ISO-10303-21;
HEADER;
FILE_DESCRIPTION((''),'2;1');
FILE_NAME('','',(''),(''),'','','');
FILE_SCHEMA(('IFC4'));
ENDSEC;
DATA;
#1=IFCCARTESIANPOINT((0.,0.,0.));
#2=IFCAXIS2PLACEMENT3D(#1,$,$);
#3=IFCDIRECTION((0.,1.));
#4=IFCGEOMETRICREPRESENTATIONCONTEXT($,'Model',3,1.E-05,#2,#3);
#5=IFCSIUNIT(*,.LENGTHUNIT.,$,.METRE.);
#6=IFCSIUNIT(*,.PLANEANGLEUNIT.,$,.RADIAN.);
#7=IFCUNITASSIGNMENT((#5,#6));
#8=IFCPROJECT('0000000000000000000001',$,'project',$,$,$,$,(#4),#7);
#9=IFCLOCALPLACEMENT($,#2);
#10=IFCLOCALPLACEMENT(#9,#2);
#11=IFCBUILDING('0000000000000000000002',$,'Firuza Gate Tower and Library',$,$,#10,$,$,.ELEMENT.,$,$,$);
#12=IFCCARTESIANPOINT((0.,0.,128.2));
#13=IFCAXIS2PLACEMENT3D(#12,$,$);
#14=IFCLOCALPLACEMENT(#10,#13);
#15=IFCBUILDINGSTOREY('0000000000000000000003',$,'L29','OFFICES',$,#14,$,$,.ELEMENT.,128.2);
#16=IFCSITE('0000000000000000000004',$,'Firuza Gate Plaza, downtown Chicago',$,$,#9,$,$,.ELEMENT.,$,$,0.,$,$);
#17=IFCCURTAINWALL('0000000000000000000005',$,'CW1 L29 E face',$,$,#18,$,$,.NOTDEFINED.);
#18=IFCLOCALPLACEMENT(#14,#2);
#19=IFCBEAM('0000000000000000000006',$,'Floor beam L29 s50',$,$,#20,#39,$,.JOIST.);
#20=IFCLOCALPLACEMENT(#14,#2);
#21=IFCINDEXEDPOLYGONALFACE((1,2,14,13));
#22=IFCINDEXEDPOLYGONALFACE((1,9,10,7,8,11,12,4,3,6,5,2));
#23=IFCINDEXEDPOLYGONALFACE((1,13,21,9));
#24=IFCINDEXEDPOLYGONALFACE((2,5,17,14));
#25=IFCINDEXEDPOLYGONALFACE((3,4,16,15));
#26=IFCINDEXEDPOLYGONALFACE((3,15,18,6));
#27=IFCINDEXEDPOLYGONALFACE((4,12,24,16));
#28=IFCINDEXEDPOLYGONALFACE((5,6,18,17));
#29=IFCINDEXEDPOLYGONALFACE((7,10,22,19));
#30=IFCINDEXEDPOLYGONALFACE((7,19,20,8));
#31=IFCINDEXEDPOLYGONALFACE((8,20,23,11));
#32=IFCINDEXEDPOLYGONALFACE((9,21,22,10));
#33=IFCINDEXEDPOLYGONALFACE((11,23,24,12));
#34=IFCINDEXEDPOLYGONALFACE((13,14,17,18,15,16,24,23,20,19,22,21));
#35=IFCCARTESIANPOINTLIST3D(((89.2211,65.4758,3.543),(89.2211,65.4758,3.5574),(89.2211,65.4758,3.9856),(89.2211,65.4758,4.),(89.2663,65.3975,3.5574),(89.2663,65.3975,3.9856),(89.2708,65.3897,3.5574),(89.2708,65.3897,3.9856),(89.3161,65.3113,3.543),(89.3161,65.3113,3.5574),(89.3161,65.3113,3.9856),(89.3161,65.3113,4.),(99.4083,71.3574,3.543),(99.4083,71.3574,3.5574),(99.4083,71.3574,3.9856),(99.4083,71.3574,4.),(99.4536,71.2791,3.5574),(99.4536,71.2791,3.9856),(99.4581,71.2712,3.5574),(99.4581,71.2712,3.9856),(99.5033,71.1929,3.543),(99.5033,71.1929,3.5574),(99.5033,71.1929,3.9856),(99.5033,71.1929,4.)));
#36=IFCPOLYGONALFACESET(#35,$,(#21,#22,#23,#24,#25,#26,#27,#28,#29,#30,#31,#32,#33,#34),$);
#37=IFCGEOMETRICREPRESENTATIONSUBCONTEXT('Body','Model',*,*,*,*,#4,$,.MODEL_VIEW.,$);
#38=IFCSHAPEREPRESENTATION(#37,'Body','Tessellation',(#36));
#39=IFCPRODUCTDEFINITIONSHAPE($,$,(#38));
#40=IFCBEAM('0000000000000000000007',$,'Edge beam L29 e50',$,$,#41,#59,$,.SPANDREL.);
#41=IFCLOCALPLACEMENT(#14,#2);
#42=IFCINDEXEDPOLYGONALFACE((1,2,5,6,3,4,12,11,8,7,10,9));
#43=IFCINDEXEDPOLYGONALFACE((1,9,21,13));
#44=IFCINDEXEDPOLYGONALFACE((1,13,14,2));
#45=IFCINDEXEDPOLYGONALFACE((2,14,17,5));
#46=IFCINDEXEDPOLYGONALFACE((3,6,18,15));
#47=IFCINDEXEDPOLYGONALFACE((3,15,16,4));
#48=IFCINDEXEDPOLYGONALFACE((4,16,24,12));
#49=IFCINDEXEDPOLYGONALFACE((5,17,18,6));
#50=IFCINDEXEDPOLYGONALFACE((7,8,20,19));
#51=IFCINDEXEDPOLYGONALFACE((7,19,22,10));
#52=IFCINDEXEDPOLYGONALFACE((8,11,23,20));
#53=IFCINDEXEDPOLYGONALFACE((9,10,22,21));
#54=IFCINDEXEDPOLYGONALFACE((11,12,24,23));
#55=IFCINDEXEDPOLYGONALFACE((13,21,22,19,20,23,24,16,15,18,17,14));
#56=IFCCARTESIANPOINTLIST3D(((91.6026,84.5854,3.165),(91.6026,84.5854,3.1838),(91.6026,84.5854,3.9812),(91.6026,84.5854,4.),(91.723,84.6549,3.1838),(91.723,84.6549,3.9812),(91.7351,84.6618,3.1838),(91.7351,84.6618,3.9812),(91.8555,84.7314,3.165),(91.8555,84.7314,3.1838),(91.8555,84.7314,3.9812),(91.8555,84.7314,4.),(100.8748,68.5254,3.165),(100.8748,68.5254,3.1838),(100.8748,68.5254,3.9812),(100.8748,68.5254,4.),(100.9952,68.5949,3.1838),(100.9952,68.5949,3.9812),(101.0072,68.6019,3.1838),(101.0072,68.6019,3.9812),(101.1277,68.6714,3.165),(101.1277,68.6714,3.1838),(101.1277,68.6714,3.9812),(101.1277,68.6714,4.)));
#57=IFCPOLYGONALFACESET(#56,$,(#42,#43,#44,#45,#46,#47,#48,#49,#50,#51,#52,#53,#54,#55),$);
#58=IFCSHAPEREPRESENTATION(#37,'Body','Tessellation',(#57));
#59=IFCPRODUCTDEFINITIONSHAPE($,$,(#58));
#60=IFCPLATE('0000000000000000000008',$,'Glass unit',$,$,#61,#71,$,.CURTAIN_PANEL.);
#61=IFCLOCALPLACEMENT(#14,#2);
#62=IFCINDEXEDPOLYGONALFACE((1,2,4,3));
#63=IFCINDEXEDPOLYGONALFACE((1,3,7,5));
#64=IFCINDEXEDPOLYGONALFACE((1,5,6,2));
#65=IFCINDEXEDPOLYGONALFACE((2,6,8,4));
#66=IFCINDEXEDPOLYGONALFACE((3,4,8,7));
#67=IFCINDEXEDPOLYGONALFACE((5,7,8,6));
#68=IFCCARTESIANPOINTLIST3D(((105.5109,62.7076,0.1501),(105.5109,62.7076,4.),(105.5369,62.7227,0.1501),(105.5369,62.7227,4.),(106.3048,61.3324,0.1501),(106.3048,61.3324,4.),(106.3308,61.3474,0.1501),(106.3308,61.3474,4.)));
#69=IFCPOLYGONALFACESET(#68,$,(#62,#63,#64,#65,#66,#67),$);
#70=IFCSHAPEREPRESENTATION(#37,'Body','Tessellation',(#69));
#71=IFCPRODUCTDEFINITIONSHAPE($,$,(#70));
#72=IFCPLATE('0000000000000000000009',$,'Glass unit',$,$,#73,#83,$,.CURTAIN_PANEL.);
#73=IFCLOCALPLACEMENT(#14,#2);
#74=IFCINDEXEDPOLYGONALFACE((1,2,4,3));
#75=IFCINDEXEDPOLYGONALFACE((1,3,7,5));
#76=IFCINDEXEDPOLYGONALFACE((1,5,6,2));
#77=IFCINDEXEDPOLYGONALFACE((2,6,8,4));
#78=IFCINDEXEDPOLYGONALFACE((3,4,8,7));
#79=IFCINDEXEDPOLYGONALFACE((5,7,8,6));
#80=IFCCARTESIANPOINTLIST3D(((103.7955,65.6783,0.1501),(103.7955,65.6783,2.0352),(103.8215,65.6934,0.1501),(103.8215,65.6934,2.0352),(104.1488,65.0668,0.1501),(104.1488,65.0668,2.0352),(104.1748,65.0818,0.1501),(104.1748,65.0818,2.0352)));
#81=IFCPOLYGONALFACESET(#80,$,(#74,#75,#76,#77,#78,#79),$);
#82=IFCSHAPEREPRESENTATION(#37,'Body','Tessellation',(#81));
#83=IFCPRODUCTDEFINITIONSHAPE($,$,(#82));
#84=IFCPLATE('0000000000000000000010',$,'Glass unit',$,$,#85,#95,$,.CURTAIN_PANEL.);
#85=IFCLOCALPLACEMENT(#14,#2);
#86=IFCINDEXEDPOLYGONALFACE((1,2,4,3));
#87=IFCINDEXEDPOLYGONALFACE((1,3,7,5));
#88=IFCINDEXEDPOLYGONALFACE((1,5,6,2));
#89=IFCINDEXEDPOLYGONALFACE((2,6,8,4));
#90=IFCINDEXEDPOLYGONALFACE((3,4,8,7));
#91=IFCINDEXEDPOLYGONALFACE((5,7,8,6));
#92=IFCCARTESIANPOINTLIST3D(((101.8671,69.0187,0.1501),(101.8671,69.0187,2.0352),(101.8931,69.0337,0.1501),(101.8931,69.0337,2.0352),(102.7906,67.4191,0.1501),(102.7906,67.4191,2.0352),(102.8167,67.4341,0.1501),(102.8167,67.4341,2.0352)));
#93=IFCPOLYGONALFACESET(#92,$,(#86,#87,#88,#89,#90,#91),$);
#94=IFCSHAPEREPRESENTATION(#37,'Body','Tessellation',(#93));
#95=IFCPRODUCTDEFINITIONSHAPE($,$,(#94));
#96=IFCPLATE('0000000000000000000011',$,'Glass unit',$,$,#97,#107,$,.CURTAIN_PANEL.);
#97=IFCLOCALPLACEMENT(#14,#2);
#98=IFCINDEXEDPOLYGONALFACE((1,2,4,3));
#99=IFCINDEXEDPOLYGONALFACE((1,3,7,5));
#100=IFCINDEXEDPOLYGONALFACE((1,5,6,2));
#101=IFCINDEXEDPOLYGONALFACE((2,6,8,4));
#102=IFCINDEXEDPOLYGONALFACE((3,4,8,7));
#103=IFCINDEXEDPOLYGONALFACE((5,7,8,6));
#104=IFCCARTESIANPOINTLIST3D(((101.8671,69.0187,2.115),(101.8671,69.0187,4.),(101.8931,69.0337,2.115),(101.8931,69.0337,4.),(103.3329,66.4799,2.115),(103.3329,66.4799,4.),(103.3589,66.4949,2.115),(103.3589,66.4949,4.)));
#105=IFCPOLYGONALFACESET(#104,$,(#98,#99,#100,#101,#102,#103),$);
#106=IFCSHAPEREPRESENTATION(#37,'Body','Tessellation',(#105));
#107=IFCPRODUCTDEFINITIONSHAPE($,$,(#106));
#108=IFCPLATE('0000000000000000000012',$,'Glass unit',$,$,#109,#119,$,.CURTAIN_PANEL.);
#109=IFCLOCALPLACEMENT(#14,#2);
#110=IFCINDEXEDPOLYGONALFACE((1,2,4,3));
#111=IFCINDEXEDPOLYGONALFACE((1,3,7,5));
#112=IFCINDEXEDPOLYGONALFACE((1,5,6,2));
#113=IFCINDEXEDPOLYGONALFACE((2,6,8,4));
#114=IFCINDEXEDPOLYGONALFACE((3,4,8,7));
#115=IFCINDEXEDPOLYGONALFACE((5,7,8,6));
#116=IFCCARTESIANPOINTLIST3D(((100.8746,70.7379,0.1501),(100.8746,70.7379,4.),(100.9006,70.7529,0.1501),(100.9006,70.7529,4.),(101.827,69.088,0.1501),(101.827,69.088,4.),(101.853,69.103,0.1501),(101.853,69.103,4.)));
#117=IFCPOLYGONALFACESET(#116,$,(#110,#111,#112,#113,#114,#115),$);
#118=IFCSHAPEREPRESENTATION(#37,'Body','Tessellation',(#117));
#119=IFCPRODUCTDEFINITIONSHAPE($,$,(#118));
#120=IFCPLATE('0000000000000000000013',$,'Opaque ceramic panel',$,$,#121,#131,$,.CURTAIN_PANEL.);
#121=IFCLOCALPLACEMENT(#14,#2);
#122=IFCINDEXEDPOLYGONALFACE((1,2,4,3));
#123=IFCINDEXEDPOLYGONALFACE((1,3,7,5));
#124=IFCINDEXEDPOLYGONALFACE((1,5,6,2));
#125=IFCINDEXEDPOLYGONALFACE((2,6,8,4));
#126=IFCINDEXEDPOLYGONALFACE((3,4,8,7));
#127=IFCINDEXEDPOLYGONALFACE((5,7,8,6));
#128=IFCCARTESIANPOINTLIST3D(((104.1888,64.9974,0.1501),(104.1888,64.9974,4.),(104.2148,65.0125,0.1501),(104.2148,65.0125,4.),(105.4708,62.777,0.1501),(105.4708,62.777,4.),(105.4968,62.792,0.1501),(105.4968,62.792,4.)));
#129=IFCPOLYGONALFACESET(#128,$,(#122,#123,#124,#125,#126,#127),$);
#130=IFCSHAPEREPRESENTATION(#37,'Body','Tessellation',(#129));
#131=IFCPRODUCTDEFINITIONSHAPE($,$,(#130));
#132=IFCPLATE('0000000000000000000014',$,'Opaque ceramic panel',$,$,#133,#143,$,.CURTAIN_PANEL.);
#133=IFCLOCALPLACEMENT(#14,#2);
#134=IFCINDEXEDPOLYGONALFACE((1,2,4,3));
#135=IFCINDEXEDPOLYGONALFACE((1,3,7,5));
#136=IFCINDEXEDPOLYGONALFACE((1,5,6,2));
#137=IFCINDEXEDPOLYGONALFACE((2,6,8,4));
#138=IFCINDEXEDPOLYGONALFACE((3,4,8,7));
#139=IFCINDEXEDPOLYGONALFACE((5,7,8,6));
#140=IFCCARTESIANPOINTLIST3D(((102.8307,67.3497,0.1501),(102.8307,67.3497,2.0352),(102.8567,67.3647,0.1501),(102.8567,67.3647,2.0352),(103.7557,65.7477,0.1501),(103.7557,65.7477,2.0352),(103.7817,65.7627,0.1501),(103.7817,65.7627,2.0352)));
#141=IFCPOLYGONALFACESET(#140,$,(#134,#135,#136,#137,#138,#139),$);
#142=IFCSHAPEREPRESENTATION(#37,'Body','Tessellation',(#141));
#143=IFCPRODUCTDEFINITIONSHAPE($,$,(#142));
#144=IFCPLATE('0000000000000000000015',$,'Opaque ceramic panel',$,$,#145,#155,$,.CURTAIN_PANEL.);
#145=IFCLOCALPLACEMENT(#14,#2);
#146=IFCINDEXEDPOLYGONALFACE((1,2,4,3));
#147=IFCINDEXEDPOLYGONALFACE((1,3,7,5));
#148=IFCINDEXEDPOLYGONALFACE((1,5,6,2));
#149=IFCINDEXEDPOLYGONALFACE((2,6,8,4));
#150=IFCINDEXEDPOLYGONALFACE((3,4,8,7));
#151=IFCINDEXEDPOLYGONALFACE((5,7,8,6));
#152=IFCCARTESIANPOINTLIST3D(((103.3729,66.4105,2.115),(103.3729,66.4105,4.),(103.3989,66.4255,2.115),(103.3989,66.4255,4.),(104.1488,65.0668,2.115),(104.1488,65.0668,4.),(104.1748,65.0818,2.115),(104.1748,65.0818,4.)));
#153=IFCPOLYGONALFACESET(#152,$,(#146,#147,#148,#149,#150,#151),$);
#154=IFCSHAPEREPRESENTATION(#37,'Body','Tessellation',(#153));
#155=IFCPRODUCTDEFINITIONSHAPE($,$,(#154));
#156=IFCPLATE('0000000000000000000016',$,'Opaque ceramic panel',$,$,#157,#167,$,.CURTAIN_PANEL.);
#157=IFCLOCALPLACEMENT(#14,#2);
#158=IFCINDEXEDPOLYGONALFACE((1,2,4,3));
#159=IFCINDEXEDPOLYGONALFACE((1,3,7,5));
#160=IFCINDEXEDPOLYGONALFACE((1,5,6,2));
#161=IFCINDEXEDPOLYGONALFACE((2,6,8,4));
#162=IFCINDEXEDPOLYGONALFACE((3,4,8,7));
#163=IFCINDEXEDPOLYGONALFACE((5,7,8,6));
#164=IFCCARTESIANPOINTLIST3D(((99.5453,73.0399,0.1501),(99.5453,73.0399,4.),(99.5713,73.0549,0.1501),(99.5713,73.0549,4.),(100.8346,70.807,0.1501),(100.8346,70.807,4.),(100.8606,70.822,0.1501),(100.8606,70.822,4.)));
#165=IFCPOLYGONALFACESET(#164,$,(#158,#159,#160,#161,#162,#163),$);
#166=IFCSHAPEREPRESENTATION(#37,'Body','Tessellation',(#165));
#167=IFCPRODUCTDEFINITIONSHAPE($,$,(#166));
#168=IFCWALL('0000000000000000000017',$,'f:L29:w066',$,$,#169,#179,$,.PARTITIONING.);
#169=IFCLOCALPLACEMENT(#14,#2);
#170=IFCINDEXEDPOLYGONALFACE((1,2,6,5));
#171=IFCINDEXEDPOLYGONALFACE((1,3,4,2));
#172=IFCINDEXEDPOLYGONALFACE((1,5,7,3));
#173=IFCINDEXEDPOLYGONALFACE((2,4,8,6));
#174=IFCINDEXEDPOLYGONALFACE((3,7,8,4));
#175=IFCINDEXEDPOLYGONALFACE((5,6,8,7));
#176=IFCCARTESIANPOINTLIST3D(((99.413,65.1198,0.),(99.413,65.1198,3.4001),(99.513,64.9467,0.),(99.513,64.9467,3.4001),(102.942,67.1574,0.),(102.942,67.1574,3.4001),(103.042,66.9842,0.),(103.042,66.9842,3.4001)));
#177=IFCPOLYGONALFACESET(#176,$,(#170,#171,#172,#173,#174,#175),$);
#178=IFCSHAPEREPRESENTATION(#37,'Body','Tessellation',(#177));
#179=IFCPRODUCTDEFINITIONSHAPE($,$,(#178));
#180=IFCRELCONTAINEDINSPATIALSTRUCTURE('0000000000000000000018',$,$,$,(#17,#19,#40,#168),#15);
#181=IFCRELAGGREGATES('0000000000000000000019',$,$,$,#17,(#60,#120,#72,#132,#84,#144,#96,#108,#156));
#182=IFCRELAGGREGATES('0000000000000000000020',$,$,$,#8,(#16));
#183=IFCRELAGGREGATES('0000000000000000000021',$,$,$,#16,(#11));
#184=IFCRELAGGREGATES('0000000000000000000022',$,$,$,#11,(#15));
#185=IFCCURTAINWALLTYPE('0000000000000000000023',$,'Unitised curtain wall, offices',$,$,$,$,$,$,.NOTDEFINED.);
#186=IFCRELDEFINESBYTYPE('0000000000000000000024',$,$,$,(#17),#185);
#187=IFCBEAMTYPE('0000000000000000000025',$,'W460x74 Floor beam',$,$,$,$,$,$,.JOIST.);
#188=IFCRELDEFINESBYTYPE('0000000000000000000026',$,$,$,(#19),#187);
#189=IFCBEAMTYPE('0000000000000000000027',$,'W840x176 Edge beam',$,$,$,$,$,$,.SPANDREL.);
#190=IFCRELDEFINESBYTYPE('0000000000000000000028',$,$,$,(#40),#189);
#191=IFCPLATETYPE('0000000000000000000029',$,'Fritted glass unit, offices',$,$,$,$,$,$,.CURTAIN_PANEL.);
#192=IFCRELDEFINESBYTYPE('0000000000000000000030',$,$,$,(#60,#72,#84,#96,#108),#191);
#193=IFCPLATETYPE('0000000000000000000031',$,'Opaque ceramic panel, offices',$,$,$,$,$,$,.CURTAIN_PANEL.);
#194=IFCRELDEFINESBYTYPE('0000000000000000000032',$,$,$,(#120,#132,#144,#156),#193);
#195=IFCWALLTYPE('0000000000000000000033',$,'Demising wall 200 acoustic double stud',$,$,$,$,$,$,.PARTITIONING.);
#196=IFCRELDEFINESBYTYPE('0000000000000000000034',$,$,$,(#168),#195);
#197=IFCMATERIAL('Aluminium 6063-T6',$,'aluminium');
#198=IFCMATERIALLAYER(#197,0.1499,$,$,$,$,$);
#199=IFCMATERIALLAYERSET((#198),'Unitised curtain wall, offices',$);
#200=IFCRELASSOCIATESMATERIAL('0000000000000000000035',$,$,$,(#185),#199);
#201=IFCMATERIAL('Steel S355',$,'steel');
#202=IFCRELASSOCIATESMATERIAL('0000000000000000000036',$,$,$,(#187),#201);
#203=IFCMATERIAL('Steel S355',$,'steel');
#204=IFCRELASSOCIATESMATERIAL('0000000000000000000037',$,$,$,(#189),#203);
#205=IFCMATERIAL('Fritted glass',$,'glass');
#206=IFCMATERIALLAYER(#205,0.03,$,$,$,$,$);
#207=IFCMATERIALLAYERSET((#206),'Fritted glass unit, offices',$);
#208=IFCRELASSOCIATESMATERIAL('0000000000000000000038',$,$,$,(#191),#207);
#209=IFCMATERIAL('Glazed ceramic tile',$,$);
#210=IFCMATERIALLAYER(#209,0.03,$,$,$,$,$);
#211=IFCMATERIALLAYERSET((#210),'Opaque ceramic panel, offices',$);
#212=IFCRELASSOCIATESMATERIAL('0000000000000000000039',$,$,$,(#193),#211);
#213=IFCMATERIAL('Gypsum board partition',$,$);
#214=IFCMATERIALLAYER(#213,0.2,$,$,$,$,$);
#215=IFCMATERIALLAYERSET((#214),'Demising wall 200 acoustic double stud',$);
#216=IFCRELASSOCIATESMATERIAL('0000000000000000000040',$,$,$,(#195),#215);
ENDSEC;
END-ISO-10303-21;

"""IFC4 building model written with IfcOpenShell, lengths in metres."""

from ifc_helpers import new_model, si_unit, direction, frame, frame_2d, origin, origin_2d, place, context, subcontext, project, spatial, polyline, rectangle, i_section, outline, extrude, material, layer, layer_set, material_profile, profile_set, type_object, element, aggregate, save


model = new_model("IFC4")

# Units and contexts
model_context = context("Model", 3, precision=1e-05, world=origin(), true_north=direction((0.0, 1.0)))
body_context = subcontext(model_context, "Body", "Model", "MODEL_VIEW")
ifc_project = project(units=[si_unit("LENGTHUNIT", "METRE"), si_unit("PLANEANGLEUNIT", "RADIAN")], contexts=[model_context])

# Site, building, storey
site_placement = place(None, origin())
site = spatial("IfcSite", under=ifc_project, at=site_placement, Name="Firuza Gate Plaza, downtown Chicago", CompositionType="ELEMENT", RefElevation=0.0)
building_placement = place(site_placement, origin())
building = spatial("IfcBuilding", under=site, at=building_placement, Name="Firuza Gate Tower and Library", CompositionType="ELEMENT")
storey_placement = place(building_placement, frame((0.0, 0.0, 128.2)))
storey = spatial("IfcBuildingStorey", under=building, at=storey_placement, Name="L29", Description="OFFICES", CompositionType="ELEMENT", Elevation=128.2)

# Curtain wall
ifc_material_1 = material(Name="Aluminium 6063-T6", Category="aluminium")
ifc_layer_1 = layer(ifc_material_1, 0.1499)
ifc_layer_set_1 = layer_set([ifc_layer_1], Name="Unitised curtain wall, offices")
curtain_wall_type = type_object("IfcCurtainWallType", Name="Unitised curtain wall, offices", PredefinedType="NOTDEFINED", material=ifc_layer_set_1)
curtain_wall_placement = place(storey_placement, origin())
curtain_wall = element("IfcCurtainWall", 1, at=curtain_wall_placement, inside=storey, type_object=curtain_wall_type, Name="CW1 L29 E face", PredefinedType="NOTDEFINED")

# Beams
ifc_material_2 = material(Name="Steel S355", Category="steel")
ifc_material_profile_1 = material_profile(ifc_material_2, i_section(OverallWidth=0.1899, OverallDepth=0.457, WebThickness=0.009, FlangeThickness=0.0144, at=origin_2d()))
ifc_profile_set_1 = profile_set([ifc_material_profile_1], Name="Steel S355")
beam_type_1 = type_object("IfcBeamType", Name="W460x74 Floor beam", PredefinedType="JOIST", material=ifc_profile_set_1)
beam_1_placement = place(storey_placement, frame((99.4558, 71.2751, 3.7715), z_axis=(-0.866026, -0.499999, 0.0), x_axis=(0.499999, -0.866026, 0.0)))
element("IfcBeam", 2, at=beam_1_placement, inside=storey, type_object=beam_type_1, Name="Floor beam L29 s50", PredefinedType="JOIST", context=body_context, shape_type="SweptSolid", body=[
    extrude(i_section(OverallWidth=0.1899, OverallDepth=0.457, WebThickness=0.009, FlangeThickness=0.0144, at=origin_2d()), origin(), (0.0, 0.0, 1.0), 11.7632),
])
ifc_material_3 = material(Name="Steel S355", Category="steel")
ifc_material_profile_2 = material_profile(ifc_material_3, i_section(OverallWidth=0.292, OverallDepth=0.835, WebThickness=0.0139, FlangeThickness=0.0188, at=origin_2d()))
ifc_profile_set_2 = profile_set([ifc_material_profile_2], Name="Steel S355")
beam_type_2 = type_object("IfcBeamType", Name="W840x176 Edge beam", PredefinedType="SPANDREL", material=ifc_profile_set_2)
beam_2_placement = place(storey_placement, frame((101.0012, 68.5984, 3.5825), z_axis=(-0.499997, 0.866027, 0.0), x_axis=(-0.866027, -0.499997, 0.0)))
element("IfcBeam", 3, at=beam_2_placement, inside=storey, type_object=beam_type_2, Name="Edge beam L29 e50", PredefinedType="SPANDREL", context=body_context, shape_type="SweptSolid", body=[
    extrude(i_section(OverallWidth=0.292, OverallDepth=0.835, WebThickness=0.0139, FlangeThickness=0.0188, at=origin_2d()), origin(), (0.0, 0.0, 1.0), 18.5444),
])

# Plates
ifc_material_4 = material(Name="Fritted glass", Category="glass")
ifc_layer_2 = layer(ifc_material_4, 0.03)
ifc_layer_set_2 = layer_set([ifc_layer_2], Name="Fritted glass unit, offices")
plate_type_1 = type_object("IfcPlateType", Name="Fritted glass unit, offices", PredefinedType="CURTAIN_PANEL", material=ifc_layer_set_2)
plate_1_placement = place(storey_placement, frame((106.3308, 61.3474, 0.1501), z_axis=(0.86604, 0.499975, 0.0), x_axis=(-0.499975, 0.86604, 0.0)))
plate_1 = element("IfcPlate", 4, at=plate_1_placement, type_object=plate_type_1, Name="Glass unit", PredefinedType="CURTAIN_PANEL", context=body_context, shape_type="SweptSolid", body=[
    extrude(outline(polyline([(0.0, 0.0), (1.588, 0.0), (1.588, 3.8499), (0.0, 3.8499), (0.0, 0.0)])), origin(), (0.0, 0.0, -1.0), 0.03),
])
plate_2_placement = place(storey_placement, frame((104.1748, 65.0818, 0.1501), z_axis=(0.865915, 0.500191, 0.0), x_axis=(-0.500191, 0.865915, 0.0)))
plate_2 = element("IfcPlate", 5, at=plate_2_placement, type_object=plate_type_1, Name="Glass unit", PredefinedType="CURTAIN_PANEL", context=body_context, shape_type="SweptSolid", body=[
    extrude(outline(polyline([(0.0, 0.0), (0.7063, 0.0), (0.7063, 1.885), (0.0, 1.885), (0.0, 0.0)])), origin(), (0.0, 0.0, -1.0), 0.03),
])
plate_3_placement = place(storey_placement, frame((102.8167, 67.4341, 0.1501), z_axis=(0.866014, 0.50002, 0.0), x_axis=(-0.50002, 0.866014, 0.0)))
plate_3 = element("IfcPlate", 6, at=plate_3_placement, type_object=plate_type_1, Name="Glass unit", PredefinedType="CURTAIN_PANEL", context=body_context, shape_type="SweptSolid", body=[
    extrude(outline(polyline([(0.0, 0.0), (1.8471, 0.0), (1.8471, 1.885), (0.0, 1.885), (0.0, 0.0)])), origin(), (0.0, 0.0, -1.0), 0.03),
])
plate_4_placement = place(storey_placement, frame((103.3589, 66.4949, 2.115), z_axis=(0.866021, 0.500008, 0.0), x_axis=(-0.500008, 0.866021, 0.0)))
plate_4 = element("IfcPlate", 7, at=plate_4_placement, type_object=plate_type_1, Name="Glass unit", PredefinedType="CURTAIN_PANEL", context=body_context, shape_type="SweptSolid", body=[
    extrude(outline(polyline([(0.0, 0.0), (2.9316, 0.0), (2.9316, 1.885), (0.0, 1.885), (0.0, 0.0)])), origin(), (0.0, 0.0, -1.0), 0.03),
])
plate_5_placement = place(storey_placement, frame((101.853, 69.103, 0.1501), z_axis=(0.866066, 0.49993, 0.0), x_axis=(-0.49993, 0.866066, 0.0)))
plate_5 = element("IfcPlate", 8, at=plate_5_placement, type_object=plate_type_1, Name="Glass unit", PredefinedType="CURTAIN_PANEL", context=body_context, shape_type="SweptSolid", body=[
    extrude(outline(polyline([(0.0, 0.0), (1.9051, 0.0), (1.9051, 3.8499), (0.0, 3.8499), (0.0, 0.0)])), origin(), (0.0, 0.0, -1.0), 0.03),
])
ifc_material_5 = material(Name="Glazed ceramic tile")
ifc_layer_3 = layer(ifc_material_5, 0.03)
ifc_layer_set_3 = layer_set([ifc_layer_3], Name="Opaque ceramic panel, offices")
plate_type_2 = type_object("IfcPlateType", Name="Opaque ceramic panel, offices", PredefinedType="CURTAIN_PANEL", material=ifc_layer_set_3)
plate_6_placement = place(storey_placement, frame((105.4968, 62.792, 0.1501), z_axis=(0.866025, 0.5, 0.0), x_axis=(-0.5, 0.866025, 0.0)))
plate_6 = element("IfcPlate", 9, at=plate_6_placement, type_object=plate_type_2, Name="Opaque ceramic panel", PredefinedType="CURTAIN_PANEL", context=body_context, shape_type="SweptSolid", body=[
    extrude(outline(polyline([(0.0, 0.0), (2.564, 0.0), (2.564, 3.8499), (0.0, 3.8499), (0.0, 0.0)])), origin(), (0.0, 0.0, -1.0), 0.03),
])
plate_7_placement = place(storey_placement, frame((103.7817, 65.7627, 0.1501), z_axis=(0.866001, 0.500042, 0.0), x_axis=(-0.500042, 0.866001, 0.0)))
plate_7 = element("IfcPlate", 10, at=plate_7_placement, type_object=plate_type_2, Name="Opaque ceramic panel", PredefinedType="CURTAIN_PANEL", context=body_context, shape_type="SweptSolid", body=[
    extrude(outline(polyline([(0.0, 0.0), (1.8499, 0.0), (1.8499, 1.885), (0.0, 1.885), (0.0, 0.0)])), origin(), (0.0, 0.0, -1.0), 0.03),
])
plate_8_placement = place(storey_placement, frame((104.1748, 65.0818, 2.115), z_axis=(0.866007, 0.500031, 0.0), x_axis=(-0.500031, 0.866007, 0.0)))
plate_8 = element("IfcPlate", 11, at=plate_8_placement, type_object=plate_type_2, Name="Opaque ceramic panel", PredefinedType="CURTAIN_PANEL", context=body_context, shape_type="SweptSolid", body=[
    extrude(outline(polyline([(0.0, 0.0), (1.5517, 0.0), (1.5517, 1.885), (0.0, 1.885), (0.0, 0.0)])), origin(), (0.0, 0.0, -1.0), 0.03),
])
plate_9_placement = place(storey_placement, frame((100.8606, 70.822, 0.1501), z_axis=(0.866003, 0.500039, 0.0), x_axis=(-0.500039, 0.866003, 0.0)))
plate_9 = element("IfcPlate", 12, at=plate_9_placement, type_object=plate_type_2, Name="Opaque ceramic panel", PredefinedType="CURTAIN_PANEL", context=body_context, shape_type="SweptSolid", body=[
    extrude(outline(polyline([(0.0, 0.0), (2.5784, 0.0), (2.5784, 3.8499), (0.0, 3.8499), (0.0, 0.0)])), origin(), (0.0, 0.0, -1.0), 0.03),
])
aggregate(curtain_wall, [plate_1, plate_6, plate_2, plate_7, plate_3, plate_8, plate_4, plate_5, plate_9])

# Wall
ifc_material_6 = material(Name="Gypsum board partition")
ifc_layer_4 = layer(ifc_material_6, 0.2)
ifc_layer_set_4 = layer_set([ifc_layer_4], Name="Demising wall 200 acoustic double stud")
wall_type_1 = type_object("IfcWallType", Name="Demising wall 200 acoustic double stud", PredefinedType="PARTITIONING", material=ifc_layer_set_4)
wall_1_placement = place(storey_placement, frame((99.4629, 65.0332, 0.0), z_axis=(0.0, 0.0, 1.0), x_axis=(0.866015, 0.500018, 0.0)))
element("IfcWall", 13, at=wall_1_placement, inside=storey, type_object=wall_type_1, Name="f:L29:w066", PredefinedType="PARTITIONING", context=body_context, shape_type="SweptSolid", body=[
    extrude(rectangle(XDim=4.075, YDim=0.2, at=frame_2d((2.0376, 0.0))), origin(), (0.0, 0.0, 1.0), 3.4001),
])

save(model, "model.ifc")
